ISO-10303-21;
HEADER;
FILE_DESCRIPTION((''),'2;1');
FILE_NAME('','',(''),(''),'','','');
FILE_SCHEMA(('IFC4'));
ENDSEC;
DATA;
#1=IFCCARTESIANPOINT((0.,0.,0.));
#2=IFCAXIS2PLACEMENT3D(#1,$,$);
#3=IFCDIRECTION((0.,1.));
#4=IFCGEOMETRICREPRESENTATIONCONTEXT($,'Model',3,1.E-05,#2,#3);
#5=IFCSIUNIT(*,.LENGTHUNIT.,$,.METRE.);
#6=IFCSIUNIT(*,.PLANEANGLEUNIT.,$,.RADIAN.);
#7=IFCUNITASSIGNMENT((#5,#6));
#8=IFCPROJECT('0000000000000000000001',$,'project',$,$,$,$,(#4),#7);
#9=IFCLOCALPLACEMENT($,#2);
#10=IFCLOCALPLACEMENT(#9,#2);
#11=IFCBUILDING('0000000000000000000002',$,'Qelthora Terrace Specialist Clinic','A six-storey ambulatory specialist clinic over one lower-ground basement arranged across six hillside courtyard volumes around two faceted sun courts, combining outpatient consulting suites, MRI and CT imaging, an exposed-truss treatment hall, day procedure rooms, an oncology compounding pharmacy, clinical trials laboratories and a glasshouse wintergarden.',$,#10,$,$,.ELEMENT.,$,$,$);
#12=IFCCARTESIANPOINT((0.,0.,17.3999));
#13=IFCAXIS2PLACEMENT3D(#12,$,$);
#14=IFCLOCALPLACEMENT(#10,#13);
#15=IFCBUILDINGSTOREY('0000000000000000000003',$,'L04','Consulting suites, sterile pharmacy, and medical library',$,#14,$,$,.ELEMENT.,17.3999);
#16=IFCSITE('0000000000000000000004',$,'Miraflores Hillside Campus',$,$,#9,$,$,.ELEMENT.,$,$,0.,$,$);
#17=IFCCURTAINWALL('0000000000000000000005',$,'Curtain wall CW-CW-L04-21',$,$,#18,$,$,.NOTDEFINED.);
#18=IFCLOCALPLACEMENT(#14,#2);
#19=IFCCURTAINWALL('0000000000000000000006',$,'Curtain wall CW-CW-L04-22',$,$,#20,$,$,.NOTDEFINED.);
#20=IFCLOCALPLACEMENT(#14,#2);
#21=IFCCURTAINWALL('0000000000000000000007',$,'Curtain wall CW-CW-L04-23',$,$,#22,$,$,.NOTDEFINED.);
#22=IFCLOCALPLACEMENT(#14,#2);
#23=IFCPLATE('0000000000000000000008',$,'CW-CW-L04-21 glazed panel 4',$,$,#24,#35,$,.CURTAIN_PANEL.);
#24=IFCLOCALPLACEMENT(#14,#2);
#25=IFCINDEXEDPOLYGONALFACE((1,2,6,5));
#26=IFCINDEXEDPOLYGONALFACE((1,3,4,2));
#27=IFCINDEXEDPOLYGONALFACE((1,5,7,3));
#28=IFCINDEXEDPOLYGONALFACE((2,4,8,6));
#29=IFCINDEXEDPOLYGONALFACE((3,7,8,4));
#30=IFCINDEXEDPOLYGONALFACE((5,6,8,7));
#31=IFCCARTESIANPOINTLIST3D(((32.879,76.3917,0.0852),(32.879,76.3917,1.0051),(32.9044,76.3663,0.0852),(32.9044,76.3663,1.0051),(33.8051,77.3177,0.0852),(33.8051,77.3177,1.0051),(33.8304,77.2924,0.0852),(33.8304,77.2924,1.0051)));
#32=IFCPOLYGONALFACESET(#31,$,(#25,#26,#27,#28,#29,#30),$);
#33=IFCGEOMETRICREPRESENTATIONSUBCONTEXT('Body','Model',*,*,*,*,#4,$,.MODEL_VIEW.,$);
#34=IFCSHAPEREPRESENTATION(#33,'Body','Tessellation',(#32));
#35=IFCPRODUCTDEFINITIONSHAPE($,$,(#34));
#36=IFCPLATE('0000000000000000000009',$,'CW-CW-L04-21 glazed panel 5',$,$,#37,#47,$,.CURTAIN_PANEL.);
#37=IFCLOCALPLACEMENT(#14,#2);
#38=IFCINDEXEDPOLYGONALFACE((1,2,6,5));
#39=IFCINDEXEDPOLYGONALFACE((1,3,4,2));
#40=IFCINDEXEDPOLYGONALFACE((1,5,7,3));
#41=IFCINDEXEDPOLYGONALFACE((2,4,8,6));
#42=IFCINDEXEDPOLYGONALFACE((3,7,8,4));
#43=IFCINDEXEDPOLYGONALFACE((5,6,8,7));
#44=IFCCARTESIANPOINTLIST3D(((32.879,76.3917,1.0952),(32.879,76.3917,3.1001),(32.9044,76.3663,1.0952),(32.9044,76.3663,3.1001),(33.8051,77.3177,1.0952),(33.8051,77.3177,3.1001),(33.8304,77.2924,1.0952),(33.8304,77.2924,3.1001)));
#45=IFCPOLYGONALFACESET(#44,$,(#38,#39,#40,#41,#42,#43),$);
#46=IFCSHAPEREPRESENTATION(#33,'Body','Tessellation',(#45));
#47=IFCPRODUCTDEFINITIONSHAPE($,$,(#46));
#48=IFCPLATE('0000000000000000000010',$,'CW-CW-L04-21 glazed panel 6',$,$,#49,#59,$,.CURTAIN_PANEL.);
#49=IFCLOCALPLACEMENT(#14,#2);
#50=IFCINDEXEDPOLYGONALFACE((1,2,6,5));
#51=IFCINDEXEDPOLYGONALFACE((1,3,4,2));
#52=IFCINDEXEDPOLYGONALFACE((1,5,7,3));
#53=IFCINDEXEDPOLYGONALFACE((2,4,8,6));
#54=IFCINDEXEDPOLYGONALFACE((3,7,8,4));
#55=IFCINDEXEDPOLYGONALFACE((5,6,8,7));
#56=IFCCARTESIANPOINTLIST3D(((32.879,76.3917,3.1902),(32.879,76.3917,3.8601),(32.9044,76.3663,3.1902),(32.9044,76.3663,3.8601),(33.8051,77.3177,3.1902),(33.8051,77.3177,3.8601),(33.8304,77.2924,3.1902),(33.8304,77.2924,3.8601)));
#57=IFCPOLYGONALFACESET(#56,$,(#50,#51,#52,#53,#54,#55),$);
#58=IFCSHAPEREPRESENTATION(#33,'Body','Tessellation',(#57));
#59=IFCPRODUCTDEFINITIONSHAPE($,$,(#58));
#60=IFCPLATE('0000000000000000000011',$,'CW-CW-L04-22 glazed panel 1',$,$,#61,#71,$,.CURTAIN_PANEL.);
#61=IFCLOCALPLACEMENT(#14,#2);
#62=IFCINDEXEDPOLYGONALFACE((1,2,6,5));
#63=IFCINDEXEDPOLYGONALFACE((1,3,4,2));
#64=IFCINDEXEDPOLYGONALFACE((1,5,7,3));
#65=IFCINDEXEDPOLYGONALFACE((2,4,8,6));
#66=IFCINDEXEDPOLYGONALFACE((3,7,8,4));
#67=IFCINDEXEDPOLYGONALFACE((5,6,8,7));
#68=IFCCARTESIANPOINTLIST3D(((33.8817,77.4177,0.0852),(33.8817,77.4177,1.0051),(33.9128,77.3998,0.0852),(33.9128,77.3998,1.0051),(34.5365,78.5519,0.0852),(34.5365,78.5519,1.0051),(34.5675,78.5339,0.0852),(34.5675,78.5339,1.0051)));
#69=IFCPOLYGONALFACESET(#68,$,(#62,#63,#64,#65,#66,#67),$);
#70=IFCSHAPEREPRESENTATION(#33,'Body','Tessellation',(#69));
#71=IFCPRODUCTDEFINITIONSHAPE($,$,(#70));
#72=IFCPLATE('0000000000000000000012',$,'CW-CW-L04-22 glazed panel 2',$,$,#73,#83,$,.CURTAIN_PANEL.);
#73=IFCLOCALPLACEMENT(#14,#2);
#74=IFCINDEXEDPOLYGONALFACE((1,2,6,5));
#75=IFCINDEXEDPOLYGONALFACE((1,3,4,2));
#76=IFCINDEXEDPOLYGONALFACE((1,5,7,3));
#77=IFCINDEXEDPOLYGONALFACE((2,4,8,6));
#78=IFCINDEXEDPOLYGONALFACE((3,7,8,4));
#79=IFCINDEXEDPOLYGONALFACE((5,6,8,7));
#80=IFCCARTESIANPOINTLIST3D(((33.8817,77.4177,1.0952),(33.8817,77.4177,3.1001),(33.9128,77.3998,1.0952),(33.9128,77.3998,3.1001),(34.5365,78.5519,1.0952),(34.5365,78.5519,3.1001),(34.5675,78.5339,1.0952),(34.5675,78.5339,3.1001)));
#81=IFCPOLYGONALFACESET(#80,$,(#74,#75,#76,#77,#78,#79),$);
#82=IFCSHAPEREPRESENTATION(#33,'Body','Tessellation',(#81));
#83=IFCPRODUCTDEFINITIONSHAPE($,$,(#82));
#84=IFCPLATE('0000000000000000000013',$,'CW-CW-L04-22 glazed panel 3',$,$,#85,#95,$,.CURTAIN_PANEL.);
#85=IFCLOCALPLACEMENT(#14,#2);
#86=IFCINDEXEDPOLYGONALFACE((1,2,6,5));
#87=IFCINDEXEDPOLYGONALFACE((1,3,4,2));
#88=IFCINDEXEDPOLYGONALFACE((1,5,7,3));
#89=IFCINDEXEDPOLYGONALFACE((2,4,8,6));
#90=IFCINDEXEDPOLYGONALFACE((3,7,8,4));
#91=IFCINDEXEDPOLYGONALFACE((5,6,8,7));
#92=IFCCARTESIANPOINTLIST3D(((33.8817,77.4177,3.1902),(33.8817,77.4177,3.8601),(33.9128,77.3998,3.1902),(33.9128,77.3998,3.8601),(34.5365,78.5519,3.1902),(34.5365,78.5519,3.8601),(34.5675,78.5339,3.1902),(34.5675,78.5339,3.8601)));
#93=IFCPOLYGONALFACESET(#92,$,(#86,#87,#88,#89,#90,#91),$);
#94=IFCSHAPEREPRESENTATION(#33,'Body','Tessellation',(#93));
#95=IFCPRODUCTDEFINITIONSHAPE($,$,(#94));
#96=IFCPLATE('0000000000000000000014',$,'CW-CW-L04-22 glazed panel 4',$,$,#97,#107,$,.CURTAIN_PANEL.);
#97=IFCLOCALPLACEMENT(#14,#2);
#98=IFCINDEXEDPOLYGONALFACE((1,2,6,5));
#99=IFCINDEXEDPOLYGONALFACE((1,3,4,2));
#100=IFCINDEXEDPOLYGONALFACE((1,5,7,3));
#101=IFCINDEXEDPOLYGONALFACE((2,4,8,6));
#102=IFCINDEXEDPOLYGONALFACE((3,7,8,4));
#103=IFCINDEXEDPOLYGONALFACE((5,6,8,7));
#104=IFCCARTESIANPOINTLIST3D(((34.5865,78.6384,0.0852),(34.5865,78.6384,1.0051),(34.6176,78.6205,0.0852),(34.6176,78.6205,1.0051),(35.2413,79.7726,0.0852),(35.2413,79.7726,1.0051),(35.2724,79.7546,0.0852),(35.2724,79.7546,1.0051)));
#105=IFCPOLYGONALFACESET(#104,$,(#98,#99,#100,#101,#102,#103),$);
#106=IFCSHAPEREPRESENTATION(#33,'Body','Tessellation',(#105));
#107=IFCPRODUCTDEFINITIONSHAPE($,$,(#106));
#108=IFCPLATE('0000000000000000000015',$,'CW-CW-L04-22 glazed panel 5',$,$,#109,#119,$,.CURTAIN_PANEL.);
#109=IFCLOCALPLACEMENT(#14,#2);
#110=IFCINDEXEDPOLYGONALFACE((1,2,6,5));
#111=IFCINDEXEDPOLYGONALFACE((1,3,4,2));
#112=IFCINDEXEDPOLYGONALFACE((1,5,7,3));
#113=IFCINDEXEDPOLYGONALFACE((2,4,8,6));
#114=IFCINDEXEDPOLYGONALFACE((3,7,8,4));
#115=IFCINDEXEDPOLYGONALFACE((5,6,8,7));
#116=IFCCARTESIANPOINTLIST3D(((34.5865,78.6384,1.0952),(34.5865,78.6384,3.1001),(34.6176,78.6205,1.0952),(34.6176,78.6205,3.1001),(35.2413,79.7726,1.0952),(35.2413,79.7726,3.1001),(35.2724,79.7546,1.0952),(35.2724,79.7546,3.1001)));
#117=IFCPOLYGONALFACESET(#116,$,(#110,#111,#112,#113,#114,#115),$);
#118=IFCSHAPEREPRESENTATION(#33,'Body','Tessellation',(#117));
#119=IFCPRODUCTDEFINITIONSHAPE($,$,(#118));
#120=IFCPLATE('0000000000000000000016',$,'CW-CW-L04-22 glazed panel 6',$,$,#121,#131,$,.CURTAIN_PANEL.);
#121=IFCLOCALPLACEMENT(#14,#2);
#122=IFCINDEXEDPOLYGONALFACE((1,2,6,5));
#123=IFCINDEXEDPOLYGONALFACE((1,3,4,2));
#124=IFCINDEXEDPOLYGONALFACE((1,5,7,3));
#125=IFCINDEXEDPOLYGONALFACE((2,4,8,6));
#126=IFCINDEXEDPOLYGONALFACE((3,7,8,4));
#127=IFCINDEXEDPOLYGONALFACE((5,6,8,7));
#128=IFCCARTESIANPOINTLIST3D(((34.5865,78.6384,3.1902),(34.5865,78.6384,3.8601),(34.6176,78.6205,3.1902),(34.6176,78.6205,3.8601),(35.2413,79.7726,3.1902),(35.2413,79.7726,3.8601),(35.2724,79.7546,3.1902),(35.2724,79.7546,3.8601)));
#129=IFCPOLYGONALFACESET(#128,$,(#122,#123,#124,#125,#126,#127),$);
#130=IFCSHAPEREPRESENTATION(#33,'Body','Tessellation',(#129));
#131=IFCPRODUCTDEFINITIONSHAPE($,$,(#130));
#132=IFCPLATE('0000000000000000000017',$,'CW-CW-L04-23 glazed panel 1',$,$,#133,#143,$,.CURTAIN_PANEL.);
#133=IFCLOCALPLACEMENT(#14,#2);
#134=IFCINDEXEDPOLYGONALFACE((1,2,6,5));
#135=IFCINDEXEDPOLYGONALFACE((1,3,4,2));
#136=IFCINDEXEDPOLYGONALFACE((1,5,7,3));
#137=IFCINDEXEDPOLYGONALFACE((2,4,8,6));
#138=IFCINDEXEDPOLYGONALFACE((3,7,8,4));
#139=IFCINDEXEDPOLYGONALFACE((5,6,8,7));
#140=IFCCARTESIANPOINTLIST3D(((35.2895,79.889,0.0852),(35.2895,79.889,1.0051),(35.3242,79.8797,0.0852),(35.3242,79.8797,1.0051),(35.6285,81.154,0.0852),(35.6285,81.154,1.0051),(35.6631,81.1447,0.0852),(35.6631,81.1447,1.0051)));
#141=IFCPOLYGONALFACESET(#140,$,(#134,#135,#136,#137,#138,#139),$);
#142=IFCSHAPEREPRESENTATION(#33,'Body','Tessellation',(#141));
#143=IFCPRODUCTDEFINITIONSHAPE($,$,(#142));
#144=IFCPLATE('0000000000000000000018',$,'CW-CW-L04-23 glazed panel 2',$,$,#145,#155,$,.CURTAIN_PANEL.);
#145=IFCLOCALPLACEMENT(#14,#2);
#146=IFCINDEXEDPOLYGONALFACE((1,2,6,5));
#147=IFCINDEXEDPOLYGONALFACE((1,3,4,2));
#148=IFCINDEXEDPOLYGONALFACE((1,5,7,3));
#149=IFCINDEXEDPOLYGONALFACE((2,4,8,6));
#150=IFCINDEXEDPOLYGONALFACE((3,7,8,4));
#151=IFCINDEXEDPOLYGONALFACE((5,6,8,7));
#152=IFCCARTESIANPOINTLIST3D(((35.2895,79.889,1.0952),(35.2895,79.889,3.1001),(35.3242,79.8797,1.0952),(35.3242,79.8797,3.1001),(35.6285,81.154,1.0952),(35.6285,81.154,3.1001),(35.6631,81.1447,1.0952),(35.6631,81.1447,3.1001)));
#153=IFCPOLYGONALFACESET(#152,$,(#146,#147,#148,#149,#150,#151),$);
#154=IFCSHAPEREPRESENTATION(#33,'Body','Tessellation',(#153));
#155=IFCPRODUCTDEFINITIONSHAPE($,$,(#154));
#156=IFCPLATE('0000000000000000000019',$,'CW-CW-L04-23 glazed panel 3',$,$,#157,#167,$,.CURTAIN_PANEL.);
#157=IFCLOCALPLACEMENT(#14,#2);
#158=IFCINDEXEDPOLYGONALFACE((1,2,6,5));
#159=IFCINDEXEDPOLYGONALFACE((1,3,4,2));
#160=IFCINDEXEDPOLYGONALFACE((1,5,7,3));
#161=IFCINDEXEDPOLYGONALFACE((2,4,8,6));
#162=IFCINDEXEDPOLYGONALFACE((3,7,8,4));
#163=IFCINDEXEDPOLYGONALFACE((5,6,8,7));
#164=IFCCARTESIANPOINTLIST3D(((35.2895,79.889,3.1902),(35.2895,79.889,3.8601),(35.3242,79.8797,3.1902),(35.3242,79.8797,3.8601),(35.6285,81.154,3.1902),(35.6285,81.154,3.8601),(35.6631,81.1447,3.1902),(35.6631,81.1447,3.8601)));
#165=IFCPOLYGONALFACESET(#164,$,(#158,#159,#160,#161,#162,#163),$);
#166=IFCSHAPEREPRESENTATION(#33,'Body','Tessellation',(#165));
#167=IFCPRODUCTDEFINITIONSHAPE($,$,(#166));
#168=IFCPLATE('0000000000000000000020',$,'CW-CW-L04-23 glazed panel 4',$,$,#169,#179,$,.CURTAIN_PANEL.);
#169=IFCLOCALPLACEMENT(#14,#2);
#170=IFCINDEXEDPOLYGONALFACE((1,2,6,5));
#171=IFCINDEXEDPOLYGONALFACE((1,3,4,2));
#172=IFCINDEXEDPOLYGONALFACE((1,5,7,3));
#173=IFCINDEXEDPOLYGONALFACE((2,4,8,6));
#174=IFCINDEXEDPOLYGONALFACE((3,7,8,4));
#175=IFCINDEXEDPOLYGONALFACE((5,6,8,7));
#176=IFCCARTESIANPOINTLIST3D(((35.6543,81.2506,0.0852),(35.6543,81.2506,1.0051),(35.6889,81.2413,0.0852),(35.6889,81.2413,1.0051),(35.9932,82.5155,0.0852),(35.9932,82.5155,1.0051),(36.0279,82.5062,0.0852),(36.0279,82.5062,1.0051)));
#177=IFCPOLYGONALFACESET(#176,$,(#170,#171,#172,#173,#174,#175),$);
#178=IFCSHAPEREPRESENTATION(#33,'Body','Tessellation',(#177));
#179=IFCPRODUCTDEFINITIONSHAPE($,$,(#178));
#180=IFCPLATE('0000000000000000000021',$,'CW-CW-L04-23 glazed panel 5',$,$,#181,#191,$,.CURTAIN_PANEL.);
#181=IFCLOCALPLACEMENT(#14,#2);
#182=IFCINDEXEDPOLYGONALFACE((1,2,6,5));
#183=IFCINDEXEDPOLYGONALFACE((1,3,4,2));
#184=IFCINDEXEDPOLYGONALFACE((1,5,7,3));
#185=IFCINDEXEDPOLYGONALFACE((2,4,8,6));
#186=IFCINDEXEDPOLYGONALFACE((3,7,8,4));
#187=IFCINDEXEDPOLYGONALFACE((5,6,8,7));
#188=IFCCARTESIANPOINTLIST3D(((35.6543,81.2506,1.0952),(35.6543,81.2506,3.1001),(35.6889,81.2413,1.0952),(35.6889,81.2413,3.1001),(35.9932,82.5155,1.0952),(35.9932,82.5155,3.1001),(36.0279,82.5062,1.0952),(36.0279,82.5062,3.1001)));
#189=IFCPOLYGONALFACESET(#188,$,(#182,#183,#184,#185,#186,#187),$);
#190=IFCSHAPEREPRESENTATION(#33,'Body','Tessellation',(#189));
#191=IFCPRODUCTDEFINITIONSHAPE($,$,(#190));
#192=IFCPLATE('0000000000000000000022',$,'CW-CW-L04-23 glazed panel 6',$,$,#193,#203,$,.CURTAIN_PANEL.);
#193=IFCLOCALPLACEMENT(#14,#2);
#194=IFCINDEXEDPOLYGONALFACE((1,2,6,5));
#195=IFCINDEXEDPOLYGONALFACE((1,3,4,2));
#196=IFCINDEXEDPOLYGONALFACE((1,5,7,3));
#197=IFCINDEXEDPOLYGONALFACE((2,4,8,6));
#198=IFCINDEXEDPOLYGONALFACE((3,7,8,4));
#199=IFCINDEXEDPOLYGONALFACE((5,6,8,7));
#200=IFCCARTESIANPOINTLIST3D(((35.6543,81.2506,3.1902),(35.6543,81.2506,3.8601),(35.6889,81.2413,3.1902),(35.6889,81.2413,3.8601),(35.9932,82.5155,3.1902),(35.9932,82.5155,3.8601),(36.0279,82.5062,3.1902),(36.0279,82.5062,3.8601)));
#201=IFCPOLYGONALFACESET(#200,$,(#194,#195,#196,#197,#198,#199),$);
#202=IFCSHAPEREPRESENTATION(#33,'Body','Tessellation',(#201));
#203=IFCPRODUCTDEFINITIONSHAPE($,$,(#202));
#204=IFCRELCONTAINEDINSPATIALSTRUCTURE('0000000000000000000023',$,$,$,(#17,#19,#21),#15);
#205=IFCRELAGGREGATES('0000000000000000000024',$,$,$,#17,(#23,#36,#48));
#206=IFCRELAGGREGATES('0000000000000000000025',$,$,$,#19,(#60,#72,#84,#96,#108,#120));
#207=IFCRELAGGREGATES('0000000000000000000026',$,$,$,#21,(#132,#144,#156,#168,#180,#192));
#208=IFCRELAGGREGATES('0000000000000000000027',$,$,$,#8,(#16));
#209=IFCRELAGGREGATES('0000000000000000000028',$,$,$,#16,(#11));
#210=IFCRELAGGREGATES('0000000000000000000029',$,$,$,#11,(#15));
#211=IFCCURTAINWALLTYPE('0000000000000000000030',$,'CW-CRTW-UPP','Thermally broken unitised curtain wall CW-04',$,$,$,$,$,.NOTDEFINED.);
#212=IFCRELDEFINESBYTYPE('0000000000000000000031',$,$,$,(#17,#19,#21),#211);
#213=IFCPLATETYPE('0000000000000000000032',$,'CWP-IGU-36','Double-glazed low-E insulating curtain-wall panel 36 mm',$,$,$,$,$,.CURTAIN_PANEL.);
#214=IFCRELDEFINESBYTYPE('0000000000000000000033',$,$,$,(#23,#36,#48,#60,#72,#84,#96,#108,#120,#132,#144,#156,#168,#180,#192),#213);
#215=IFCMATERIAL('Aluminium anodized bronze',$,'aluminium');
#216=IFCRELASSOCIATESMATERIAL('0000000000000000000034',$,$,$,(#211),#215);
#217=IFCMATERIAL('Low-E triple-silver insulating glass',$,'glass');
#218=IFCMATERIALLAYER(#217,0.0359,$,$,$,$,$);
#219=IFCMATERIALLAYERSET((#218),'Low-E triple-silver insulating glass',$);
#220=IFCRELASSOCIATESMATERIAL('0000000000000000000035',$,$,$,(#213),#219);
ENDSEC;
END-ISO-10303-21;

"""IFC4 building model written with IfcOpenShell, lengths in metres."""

from ifc_helpers import new_model, si_unit, direction, frame, origin, origin_2d, place, context, subcontext, project, spatial, rectangle, extrude, material, layer, layer_set, type_object, element, aggregate, save


model = new_model("IFC4")

# Units and contexts
model_context = context("Model", 3, precision=1e-05, world=origin(), true_north=direction((0.0, 1.0)))
body_context = subcontext(model_context, "Body", "Model", "MODEL_VIEW")
ifc_project = project(units=[si_unit("LENGTHUNIT", "METRE"), si_unit("PLANEANGLEUNIT", "RADIAN")], contexts=[model_context])

# Site, building, storey
site_placement = place(None, origin())
site = spatial("IfcSite", under=ifc_project, at=site_placement, Name="Miraflores Hillside Campus", CompositionType="ELEMENT", RefElevation=0.0)
building_placement = place(site_placement, origin())
building = spatial("IfcBuilding", under=site, at=building_placement, Name="Qelthora Terrace Specialist Clinic", Description="A six-storey ambulatory specialist clinic over one lower-ground basement arranged across six hillside courtyard volumes around two faceted sun courts, combining outpatient consulting suites, MRI and CT imaging, an exposed-truss treatment hall, day procedure rooms, an oncology compounding pharmacy, clinical trials laboratories and a glasshouse wintergarden.", CompositionType="ELEMENT")
storey_placement = place(building_placement, frame((0.0, 0.0, 17.3999)))
storey = spatial("IfcBuildingStorey", under=building, at=storey_placement, Name="L04", Description="Consulting suites, sterile pharmacy, and medical library", CompositionType="ELEMENT", Elevation=17.3999)

# Curtain walls
ifc_material_1 = material(Name="Aluminium anodized bronze", Category="aluminium")
curtain_wall_type = type_object("IfcCurtainWallType", Name="CW-CRTW-UPP", Description="Thermally broken unitised curtain wall CW-04", PredefinedType="NOTDEFINED", material=ifc_material_1)
curtain_wall_1_placement = place(storey_placement, origin())
curtain_wall_1 = element("IfcCurtainWall", 1, at=curtain_wall_1_placement, inside=storey, type_object=curtain_wall_type, Name="Curtain wall CW-CW-L04-21", PredefinedType="NOTDEFINED")
curtain_wall_2_placement = place(storey_placement, origin())
curtain_wall_2 = element("IfcCurtainWall", 2, at=curtain_wall_2_placement, inside=storey, type_object=curtain_wall_type, Name="Curtain wall CW-CW-L04-22", PredefinedType="NOTDEFINED")
curtain_wall_3_placement = place(storey_placement, origin())
curtain_wall_3 = element("IfcCurtainWall", 3, at=curtain_wall_3_placement, inside=storey, type_object=curtain_wall_type, Name="Curtain wall CW-CW-L04-23", PredefinedType="NOTDEFINED")

# Plates
ifc_material_2 = material(Name="Low-E triple-silver insulating glass", Category="glass")
ifc_layer = layer(ifc_material_2, 0.0359)
ifc_layer_set = layer_set([ifc_layer], Name="Low-E triple-silver insulating glass")
plate_type = type_object("IfcPlateType", Name="CWP-IGU-36", Description="Double-glazed low-E insulating curtain-wall panel 36 mm", PredefinedType="CURTAIN_PANEL", material=ifc_layer_set)
plate_1_placement = place(storey_placement, frame((33.3547, 76.842, 0.0852), z_axis=(0.0, 0.0, 1.0), x_axis=(0.707107, 0.707107, 0.0)))
plate_1 = element("IfcPlate", 4, at=plate_1_placement, type_object=plate_type, Name="CW-CW-L04-21 glazed panel 4", PredefinedType="CURTAIN_PANEL", context=body_context, shape_type="SweptSolid", body=[
    extrude(rectangle(XDim=1.3096, YDim=0.0359, at=origin_2d()), origin(), (0.0, 0.0, 1.0), 0.9199),
])
plate_2_placement = place(storey_placement, frame((33.3547, 76.842, 1.0952), z_axis=(0.0, 0.0, 1.0), x_axis=(0.707107, 0.707107, 0.0)))
plate_2 = element("IfcPlate", 5, at=plate_2_placement, type_object=plate_type, Name="CW-CW-L04-21 glazed panel 5", PredefinedType="CURTAIN_PANEL", context=body_context, shape_type="SweptSolid", body=[
    extrude(rectangle(XDim=1.3096, YDim=0.0359, at=origin_2d()), origin(), (0.0, 0.0, 1.0), 2.0049),
])
plate_3_placement = place(storey_placement, frame((33.3547, 76.842, 3.1902), z_axis=(0.0, 0.0, 1.0), x_axis=(0.707107, 0.707107, 0.0)))
plate_3 = element("IfcPlate", 6, at=plate_3_placement, type_object=plate_type, Name="CW-CW-L04-21 glazed panel 6", PredefinedType="CURTAIN_PANEL", context=body_context, shape_type="SweptSolid", body=[
    extrude(rectangle(XDim=1.3096, YDim=0.0359, at=origin_2d()), origin(), (0.0, 0.0, 1.0), 0.6699),
])
aggregate(curtain_wall_1, [plate_1, plate_2, plate_3])
plate_4_placement = place(storey_placement, frame((34.2246, 77.9758, 0.0852), z_axis=(0.0, 0.0, 1.0), x_axis=(0.5, 0.866025, 0.0)))
plate_4 = element("IfcPlate", 7, at=plate_4_placement, type_object=plate_type, Name="CW-CW-L04-22 glazed panel 1", PredefinedType="CURTAIN_PANEL", context=body_context, shape_type="SweptSolid", body=[
    extrude(rectangle(XDim=1.3096, YDim=0.0359, at=origin_2d()), origin(), (0.0, 0.0, 1.0), 0.9199),
])
plate_5_placement = place(storey_placement, frame((34.2246, 77.9758, 1.0952), z_axis=(0.0, 0.0, 1.0), x_axis=(0.5, 0.866025, 0.0)))
plate_5 = element("IfcPlate", 8, at=plate_5_placement, type_object=plate_type, Name="CW-CW-L04-22 glazed panel 2", PredefinedType="CURTAIN_PANEL", context=body_context, shape_type="SweptSolid", body=[
    extrude(rectangle(XDim=1.3096, YDim=0.0359, at=origin_2d()), origin(), (0.0, 0.0, 1.0), 2.0049),
])
plate_6_placement = place(storey_placement, frame((34.2246, 77.9758, 3.1902), z_axis=(0.0, 0.0, 1.0), x_axis=(0.5, 0.866025, 0.0)))
plate_6 = element("IfcPlate", 9, at=plate_6_placement, type_object=plate_type, Name="CW-CW-L04-22 glazed panel 3", PredefinedType="CURTAIN_PANEL", context=body_context, shape_type="SweptSolid", body=[
    extrude(rectangle(XDim=1.3096, YDim=0.0359, at=origin_2d()), origin(), (0.0, 0.0, 1.0), 0.6699),
])
plate_7_placement = place(storey_placement, frame((34.9294, 79.1965, 0.0852), z_axis=(0.0, 0.0, 1.0), x_axis=(0.5, 0.866025, 0.0)))
plate_7 = element("IfcPlate", 10, at=plate_7_placement, type_object=plate_type, Name="CW-CW-L04-22 glazed panel 4", PredefinedType="CURTAIN_PANEL", context=body_context, shape_type="SweptSolid", body=[
    extrude(rectangle(XDim=1.3096, YDim=0.0359, at=origin_2d()), origin(), (0.0, 0.0, 1.0), 0.9199),
])
plate_8_placement = place(storey_placement, frame((34.9294, 79.1965, 1.0952), z_axis=(0.0, 0.0, 1.0), x_axis=(0.5, 0.866025, 0.0)))
plate_8 = element("IfcPlate", 11, at=plate_8_placement, type_object=plate_type, Name="CW-CW-L04-22 glazed panel 5", PredefinedType="CURTAIN_PANEL", context=body_context, shape_type="SweptSolid", body=[
    extrude(rectangle(XDim=1.3096, YDim=0.0359, at=origin_2d()), origin(), (0.0, 0.0, 1.0), 2.0049),
])
plate_9_placement = place(storey_placement, frame((34.9294, 79.1965, 3.1902), z_axis=(0.0, 0.0, 1.0), x_axis=(0.5, 0.866025, 0.0)))
plate_9 = element("IfcPlate", 12, at=plate_9_placement, type_object=plate_type, Name="CW-CW-L04-22 glazed panel 6", PredefinedType="CURTAIN_PANEL", context=body_context, shape_type="SweptSolid", body=[
    extrude(rectangle(XDim=1.3096, YDim=0.0359, at=origin_2d()), origin(), (0.0, 0.0, 1.0), 0.6699),
])
aggregate(curtain_wall_2, [plate_4, plate_5, plate_6, plate_7, plate_8, plate_9])
plate_10_placement = place(storey_placement, frame((35.4763, 80.5168, 0.0852), z_axis=(0.0, 0.0, 1.0), x_axis=(0.258821, 0.965925, 0.0)))
plate_10 = element("IfcPlate", 13, at=plate_10_placement, type_object=plate_type, Name="CW-CW-L04-23 glazed panel 1", PredefinedType="CURTAIN_PANEL", context=body_context, shape_type="SweptSolid", body=[
    extrude(rectangle(XDim=1.3096, YDim=0.0359, at=origin_2d()), origin(), (0.0, 0.0, 1.0), 0.9199),
])
plate_11_placement = place(storey_placement, frame((35.4763, 80.5168, 1.0952), z_axis=(0.0, 0.0, 1.0), x_axis=(0.258821, 0.965925, 0.0)))
plate_11 = element("IfcPlate", 14, at=plate_11_placement, type_object=plate_type, Name="CW-CW-L04-23 glazed panel 2", PredefinedType="CURTAIN_PANEL", context=body_context, shape_type="SweptSolid", body=[
    extrude(rectangle(XDim=1.3096, YDim=0.0359, at=origin_2d()), origin(), (0.0, 0.0, 1.0), 2.0049),
])
plate_12_placement = place(storey_placement, frame((35.4763, 80.5168, 3.1902), z_axis=(0.0, 0.0, 1.0), x_axis=(0.258821, 0.965925, 0.0)))
plate_12 = element("IfcPlate", 15, at=plate_12_placement, type_object=plate_type, Name="CW-CW-L04-23 glazed panel 3", PredefinedType="CURTAIN_PANEL", context=body_context, shape_type="SweptSolid", body=[
    extrude(rectangle(XDim=1.3096, YDim=0.0359, at=origin_2d()), origin(), (0.0, 0.0, 1.0), 0.6699),
])
plate_13_placement = place(storey_placement, frame((35.8411, 81.8784, 0.0852), z_axis=(0.0, 0.0, 1.0), x_axis=(0.258821, 0.965925, 0.0)))
plate_13 = element("IfcPlate", 16, at=plate_13_placement, type_object=plate_type, Name="CW-CW-L04-23 glazed panel 4", PredefinedType="CURTAIN_PANEL", context=body_context, shape_type="SweptSolid", body=[
    extrude(rectangle(XDim=1.3096, YDim=0.0359, at=origin_2d()), origin(), (0.0, 0.0, 1.0), 0.9199),
])
plate_14_placement = place(storey_placement, frame((35.8411, 81.8784, 1.0952), z_axis=(0.0, 0.0, 1.0), x_axis=(0.258821, 0.965925, 0.0)))
plate_14 = element("IfcPlate", 17, at=plate_14_placement, type_object=plate_type, Name="CW-CW-L04-23 glazed panel 5", PredefinedType="CURTAIN_PANEL", context=body_context, shape_type="SweptSolid", body=[
    extrude(rectangle(XDim=1.3096, YDim=0.0359, at=origin_2d()), origin(), (0.0, 0.0, 1.0), 2.0049),
])
plate_15_placement = place(storey_placement, frame((35.8411, 81.8784, 3.1902), z_axis=(0.0, 0.0, 1.0), x_axis=(0.258821, 0.965925, 0.0)))
plate_15 = element("IfcPlate", 18, at=plate_15_placement, type_object=plate_type, Name="CW-CW-L04-23 glazed panel 6", PredefinedType="CURTAIN_PANEL", context=body_context, shape_type="SweptSolid", body=[
    extrude(rectangle(XDim=1.3096, YDim=0.0359, at=origin_2d()), origin(), (0.0, 0.0, 1.0), 0.6699),
])
aggregate(curtain_wall_3, [plate_10, plate_11, plate_12, plate_13, plate_14, plate_15])

save(model, "model.ifc")
